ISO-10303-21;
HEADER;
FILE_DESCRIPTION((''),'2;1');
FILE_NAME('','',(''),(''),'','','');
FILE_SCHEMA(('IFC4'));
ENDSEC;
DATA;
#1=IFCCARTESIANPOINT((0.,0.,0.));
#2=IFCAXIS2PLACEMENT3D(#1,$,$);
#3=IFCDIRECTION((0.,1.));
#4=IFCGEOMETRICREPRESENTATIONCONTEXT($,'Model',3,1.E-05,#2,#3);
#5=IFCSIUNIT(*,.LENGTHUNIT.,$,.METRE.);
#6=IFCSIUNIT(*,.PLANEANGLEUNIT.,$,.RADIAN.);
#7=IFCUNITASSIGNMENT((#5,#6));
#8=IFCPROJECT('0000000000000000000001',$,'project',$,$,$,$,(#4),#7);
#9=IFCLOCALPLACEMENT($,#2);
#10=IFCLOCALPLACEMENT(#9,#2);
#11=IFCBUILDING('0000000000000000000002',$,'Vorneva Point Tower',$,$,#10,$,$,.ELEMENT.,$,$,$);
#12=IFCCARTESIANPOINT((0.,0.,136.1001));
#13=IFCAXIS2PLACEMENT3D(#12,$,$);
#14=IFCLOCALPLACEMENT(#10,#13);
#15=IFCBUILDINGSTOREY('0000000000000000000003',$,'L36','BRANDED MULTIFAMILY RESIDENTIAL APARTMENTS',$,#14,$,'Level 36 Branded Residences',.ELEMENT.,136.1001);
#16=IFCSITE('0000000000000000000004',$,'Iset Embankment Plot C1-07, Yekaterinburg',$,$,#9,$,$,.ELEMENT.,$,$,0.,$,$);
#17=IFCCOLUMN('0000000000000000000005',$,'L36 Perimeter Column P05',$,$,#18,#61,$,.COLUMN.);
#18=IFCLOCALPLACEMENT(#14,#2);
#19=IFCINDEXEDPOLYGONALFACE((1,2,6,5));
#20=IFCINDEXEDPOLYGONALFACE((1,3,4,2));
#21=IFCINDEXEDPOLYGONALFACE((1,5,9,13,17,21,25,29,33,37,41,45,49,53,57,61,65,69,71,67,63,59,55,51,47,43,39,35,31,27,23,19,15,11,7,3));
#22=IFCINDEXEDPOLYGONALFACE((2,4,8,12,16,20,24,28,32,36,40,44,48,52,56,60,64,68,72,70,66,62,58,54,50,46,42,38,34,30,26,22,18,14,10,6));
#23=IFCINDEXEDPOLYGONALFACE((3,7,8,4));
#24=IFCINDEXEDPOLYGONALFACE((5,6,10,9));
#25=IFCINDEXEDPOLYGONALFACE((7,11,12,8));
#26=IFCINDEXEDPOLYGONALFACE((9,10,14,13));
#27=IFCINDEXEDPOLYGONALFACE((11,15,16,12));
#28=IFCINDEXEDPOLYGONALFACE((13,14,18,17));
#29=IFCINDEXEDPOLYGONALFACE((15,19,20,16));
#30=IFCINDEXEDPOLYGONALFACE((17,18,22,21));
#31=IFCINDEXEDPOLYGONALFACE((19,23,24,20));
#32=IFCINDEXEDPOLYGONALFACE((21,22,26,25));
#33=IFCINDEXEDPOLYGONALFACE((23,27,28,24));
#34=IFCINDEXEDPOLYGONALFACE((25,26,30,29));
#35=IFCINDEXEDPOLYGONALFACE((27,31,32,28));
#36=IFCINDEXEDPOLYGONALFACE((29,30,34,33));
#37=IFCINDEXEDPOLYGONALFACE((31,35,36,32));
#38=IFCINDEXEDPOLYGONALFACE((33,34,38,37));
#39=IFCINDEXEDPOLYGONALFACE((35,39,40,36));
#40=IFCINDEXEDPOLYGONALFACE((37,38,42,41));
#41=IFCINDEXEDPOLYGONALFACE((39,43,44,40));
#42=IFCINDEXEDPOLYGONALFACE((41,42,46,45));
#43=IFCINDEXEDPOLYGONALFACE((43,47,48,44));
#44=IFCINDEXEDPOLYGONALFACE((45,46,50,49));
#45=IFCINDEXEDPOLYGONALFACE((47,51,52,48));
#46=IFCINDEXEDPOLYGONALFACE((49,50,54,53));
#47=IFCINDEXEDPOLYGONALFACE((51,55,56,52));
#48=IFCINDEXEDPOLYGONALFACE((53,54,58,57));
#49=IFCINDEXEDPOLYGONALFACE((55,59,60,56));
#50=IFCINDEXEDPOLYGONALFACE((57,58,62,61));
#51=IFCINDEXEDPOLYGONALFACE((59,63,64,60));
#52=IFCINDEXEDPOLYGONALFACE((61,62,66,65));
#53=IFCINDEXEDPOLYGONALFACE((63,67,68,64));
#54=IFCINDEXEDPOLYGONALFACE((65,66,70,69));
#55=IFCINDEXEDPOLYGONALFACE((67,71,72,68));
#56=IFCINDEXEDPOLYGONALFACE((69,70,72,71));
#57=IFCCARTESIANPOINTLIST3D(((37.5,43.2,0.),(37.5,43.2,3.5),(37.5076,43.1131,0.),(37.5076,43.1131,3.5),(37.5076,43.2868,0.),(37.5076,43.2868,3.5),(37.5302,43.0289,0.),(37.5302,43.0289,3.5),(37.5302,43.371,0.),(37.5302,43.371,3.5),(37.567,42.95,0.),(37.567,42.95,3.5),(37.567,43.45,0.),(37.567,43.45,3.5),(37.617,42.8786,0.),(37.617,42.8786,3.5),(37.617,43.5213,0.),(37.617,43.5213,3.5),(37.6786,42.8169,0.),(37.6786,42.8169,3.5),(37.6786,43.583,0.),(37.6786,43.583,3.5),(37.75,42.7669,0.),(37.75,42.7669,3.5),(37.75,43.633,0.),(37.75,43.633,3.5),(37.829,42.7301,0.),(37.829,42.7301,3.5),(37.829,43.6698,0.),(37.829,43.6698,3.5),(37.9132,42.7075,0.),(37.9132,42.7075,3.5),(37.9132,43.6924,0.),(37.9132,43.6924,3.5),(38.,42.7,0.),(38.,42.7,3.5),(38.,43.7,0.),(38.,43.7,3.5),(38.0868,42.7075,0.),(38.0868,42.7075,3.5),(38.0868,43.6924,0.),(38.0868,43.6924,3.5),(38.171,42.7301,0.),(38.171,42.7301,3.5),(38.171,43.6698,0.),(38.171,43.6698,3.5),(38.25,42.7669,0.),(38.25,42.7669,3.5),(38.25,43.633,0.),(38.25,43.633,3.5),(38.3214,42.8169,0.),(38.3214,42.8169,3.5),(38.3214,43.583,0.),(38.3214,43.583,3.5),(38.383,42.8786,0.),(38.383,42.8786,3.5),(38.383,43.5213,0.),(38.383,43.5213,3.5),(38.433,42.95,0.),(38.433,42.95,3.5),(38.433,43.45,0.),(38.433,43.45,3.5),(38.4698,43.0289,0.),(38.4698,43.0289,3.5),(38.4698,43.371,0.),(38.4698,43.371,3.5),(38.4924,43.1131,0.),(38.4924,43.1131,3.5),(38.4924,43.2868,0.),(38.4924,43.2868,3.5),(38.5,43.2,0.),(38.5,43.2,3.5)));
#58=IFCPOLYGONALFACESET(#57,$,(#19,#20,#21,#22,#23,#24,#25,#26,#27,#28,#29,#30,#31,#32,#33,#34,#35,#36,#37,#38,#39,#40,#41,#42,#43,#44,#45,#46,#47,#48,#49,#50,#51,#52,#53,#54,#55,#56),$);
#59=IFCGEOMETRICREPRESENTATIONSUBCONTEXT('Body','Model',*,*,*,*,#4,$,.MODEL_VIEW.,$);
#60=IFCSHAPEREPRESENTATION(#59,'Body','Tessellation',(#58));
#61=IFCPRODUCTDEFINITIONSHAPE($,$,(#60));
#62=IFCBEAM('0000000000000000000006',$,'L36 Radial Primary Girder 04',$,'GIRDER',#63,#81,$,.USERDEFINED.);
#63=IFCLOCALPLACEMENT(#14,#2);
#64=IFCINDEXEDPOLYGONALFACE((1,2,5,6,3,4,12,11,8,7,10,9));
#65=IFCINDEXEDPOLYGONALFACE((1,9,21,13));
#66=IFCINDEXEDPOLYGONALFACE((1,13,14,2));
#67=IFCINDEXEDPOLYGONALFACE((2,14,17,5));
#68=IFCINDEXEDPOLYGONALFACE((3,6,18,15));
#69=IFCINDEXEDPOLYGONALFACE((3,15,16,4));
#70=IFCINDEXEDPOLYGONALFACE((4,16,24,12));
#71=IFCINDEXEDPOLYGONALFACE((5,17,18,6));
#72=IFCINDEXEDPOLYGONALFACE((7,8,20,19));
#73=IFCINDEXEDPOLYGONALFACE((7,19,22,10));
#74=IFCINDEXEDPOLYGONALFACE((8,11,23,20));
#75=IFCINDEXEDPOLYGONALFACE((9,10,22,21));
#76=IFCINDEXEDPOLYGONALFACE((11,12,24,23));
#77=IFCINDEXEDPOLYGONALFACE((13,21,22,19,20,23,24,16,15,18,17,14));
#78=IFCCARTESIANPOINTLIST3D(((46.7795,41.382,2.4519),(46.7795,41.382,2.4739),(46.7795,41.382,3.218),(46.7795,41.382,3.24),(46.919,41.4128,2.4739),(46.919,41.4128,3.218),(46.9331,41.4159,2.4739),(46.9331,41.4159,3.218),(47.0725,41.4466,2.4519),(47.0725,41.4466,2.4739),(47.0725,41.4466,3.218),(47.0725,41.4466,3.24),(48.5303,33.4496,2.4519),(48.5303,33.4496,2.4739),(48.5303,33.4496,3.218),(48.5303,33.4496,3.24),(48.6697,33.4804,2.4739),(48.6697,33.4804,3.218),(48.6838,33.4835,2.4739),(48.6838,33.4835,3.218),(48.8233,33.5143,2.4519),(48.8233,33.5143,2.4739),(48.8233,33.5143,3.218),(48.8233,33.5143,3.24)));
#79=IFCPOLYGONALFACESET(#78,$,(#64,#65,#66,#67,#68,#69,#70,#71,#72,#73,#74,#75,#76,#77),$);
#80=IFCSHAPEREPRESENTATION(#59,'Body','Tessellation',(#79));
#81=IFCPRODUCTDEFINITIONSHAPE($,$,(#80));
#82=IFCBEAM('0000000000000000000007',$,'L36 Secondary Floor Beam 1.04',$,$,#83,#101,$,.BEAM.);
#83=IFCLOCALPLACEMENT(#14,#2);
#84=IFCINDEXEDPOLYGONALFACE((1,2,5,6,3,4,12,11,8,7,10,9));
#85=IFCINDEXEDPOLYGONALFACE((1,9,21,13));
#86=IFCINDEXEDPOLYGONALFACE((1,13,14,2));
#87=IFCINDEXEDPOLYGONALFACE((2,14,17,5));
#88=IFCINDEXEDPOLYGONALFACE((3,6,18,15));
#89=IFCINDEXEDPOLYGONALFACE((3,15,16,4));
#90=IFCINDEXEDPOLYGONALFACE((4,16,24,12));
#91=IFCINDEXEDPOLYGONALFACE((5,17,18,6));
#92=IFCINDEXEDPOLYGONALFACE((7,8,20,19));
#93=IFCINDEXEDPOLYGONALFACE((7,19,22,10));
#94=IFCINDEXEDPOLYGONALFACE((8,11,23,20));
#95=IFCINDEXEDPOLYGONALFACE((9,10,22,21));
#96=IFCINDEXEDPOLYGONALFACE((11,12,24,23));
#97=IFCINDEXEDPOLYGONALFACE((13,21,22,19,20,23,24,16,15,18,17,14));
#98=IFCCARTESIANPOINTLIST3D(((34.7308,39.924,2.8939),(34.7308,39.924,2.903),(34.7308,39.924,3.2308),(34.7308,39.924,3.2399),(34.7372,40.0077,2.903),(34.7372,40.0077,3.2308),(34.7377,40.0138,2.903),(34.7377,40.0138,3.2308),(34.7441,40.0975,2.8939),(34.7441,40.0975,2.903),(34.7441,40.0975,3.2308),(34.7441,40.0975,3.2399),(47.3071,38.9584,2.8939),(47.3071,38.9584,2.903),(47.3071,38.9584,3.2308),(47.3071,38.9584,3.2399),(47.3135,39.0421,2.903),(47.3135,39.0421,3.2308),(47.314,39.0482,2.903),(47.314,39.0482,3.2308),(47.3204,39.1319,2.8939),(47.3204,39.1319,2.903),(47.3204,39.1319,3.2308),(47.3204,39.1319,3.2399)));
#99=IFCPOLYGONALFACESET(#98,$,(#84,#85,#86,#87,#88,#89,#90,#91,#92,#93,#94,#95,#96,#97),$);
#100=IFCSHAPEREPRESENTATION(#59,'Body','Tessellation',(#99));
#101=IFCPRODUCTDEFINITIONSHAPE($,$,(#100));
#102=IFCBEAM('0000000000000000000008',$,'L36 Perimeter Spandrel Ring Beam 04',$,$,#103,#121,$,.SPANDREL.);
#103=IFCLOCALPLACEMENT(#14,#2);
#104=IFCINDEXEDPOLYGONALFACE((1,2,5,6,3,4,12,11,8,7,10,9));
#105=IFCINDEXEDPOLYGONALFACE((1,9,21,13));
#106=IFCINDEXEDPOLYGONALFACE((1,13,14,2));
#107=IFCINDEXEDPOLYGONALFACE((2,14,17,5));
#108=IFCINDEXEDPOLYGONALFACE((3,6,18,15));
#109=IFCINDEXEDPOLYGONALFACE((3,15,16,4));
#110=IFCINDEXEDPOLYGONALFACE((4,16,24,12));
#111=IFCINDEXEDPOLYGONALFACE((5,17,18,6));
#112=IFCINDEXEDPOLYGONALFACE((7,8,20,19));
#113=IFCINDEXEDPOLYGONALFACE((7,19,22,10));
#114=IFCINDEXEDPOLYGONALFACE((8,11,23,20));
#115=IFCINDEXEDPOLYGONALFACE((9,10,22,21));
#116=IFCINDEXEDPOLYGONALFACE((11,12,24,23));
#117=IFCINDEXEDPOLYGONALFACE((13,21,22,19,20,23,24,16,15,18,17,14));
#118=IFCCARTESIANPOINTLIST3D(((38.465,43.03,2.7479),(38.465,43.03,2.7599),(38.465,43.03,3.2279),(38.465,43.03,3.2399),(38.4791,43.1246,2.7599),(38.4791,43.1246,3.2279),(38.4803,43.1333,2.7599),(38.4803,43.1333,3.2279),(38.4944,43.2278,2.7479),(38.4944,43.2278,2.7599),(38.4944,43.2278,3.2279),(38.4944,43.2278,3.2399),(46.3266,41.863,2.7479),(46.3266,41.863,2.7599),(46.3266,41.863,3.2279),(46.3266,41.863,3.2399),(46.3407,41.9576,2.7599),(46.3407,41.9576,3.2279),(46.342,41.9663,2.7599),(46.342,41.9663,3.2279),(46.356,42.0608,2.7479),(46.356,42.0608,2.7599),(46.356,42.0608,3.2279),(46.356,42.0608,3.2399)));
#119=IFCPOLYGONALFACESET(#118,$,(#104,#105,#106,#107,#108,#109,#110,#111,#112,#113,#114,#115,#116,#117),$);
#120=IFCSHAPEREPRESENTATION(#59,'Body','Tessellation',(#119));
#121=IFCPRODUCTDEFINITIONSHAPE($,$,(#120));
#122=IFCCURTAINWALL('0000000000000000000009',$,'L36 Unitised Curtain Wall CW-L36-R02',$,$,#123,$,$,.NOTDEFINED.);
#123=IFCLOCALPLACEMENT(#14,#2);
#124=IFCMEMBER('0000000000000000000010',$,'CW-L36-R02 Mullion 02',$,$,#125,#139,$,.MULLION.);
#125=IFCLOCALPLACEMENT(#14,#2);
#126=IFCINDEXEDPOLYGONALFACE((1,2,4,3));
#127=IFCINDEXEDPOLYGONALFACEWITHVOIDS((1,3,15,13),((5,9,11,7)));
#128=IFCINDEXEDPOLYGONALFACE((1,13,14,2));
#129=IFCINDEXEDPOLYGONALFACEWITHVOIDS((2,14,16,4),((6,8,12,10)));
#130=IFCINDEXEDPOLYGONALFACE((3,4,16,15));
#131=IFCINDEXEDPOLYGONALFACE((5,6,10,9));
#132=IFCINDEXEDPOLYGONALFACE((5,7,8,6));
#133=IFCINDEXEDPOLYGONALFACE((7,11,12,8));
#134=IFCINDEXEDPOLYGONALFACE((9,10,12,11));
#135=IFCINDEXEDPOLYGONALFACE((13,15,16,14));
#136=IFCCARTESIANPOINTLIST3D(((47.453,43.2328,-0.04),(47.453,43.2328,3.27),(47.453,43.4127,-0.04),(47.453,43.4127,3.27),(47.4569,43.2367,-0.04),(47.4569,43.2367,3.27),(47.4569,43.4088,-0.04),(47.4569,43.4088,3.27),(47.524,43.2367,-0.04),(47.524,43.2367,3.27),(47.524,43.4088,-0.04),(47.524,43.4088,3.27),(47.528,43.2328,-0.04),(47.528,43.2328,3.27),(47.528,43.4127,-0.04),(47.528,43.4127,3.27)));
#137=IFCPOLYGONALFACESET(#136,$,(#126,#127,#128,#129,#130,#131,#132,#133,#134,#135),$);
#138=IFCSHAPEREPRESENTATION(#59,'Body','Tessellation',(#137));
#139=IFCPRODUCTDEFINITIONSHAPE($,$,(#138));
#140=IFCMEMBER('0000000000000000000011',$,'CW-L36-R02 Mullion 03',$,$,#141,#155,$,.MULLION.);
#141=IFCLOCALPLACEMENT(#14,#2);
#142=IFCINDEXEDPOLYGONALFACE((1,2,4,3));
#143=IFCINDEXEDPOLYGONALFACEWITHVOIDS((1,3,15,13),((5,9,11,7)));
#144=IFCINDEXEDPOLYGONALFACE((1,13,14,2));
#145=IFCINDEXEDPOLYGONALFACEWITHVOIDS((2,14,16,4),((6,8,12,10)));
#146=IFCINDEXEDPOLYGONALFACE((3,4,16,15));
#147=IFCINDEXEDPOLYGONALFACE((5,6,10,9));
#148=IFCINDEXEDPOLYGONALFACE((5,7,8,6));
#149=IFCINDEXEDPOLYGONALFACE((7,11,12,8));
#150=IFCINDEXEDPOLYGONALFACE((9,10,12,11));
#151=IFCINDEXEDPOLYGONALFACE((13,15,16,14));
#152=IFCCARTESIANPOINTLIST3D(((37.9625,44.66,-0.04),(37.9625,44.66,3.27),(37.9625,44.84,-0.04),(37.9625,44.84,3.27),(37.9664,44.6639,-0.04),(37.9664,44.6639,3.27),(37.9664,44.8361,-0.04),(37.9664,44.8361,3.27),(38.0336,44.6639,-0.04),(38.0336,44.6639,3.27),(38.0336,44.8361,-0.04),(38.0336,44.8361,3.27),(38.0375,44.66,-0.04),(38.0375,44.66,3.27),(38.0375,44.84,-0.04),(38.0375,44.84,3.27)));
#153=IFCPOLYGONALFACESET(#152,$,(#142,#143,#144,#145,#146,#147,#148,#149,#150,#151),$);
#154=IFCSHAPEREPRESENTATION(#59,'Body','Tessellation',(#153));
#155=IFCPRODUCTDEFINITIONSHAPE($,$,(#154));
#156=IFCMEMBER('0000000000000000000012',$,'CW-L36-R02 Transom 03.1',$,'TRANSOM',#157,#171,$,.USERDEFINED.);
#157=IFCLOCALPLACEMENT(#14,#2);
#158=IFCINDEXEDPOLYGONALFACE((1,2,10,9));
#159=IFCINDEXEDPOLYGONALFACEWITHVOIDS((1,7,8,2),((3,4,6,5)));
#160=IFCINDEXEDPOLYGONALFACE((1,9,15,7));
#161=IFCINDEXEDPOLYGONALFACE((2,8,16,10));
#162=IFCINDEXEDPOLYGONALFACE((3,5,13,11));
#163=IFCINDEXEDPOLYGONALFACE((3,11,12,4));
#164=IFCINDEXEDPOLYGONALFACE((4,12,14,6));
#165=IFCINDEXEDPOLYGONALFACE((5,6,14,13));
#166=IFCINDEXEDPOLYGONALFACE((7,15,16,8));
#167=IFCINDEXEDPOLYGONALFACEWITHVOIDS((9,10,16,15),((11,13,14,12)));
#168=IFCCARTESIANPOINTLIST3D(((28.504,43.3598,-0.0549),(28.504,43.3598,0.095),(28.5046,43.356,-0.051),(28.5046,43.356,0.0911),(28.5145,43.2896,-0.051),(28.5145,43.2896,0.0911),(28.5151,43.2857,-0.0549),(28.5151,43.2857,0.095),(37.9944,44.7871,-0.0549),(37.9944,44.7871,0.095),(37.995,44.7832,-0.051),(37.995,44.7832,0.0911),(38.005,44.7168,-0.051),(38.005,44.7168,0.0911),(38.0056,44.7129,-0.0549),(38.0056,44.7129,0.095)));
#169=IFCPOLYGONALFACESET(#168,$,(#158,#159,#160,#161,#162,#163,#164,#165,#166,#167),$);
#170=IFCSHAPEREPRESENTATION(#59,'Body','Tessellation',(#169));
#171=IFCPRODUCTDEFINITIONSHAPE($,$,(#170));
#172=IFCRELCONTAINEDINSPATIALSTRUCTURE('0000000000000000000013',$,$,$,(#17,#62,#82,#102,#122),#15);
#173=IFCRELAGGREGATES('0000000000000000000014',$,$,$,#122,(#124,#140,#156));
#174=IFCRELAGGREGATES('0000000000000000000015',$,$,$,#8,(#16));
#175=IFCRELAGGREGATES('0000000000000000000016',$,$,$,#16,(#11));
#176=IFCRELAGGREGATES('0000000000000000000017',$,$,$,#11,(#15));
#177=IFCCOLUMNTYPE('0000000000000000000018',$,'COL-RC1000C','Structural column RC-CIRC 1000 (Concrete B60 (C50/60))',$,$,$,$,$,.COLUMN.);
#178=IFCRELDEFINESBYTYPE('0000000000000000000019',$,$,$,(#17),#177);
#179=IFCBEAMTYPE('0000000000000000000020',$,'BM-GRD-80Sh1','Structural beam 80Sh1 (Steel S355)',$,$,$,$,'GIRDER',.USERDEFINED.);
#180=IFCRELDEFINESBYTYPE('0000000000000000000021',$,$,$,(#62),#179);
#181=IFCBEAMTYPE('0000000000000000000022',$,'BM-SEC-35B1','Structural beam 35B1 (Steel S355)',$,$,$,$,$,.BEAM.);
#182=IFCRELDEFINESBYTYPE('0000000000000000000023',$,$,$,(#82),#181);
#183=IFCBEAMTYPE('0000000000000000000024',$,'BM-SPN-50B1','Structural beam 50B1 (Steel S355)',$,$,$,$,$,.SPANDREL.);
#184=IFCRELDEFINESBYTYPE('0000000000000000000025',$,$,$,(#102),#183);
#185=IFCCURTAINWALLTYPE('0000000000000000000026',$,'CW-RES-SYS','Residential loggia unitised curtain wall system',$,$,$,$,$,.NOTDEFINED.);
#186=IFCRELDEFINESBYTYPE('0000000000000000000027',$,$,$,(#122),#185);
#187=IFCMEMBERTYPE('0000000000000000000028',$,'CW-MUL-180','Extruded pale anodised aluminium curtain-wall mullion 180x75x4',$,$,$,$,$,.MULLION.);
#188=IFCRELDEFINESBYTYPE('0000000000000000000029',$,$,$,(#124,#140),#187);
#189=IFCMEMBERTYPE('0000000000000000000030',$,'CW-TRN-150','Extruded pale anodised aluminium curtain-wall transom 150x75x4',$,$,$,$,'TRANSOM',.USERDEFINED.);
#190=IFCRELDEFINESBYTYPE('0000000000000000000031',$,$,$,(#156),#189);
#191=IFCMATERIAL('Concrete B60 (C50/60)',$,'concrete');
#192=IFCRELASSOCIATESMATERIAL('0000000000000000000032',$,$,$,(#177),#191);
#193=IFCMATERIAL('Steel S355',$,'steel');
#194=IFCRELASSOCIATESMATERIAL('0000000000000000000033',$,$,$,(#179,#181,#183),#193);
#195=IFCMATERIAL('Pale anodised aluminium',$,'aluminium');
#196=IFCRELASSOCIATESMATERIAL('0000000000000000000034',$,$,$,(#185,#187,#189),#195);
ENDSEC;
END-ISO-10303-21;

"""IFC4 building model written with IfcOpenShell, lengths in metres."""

from ifc_helpers import new_model, si_unit, direction, frame, origin, origin_2d, place, context, subcontext, project, spatial, hollow_rectangle, circle, i_section, extrude, material, material_profile, profile_set, type_object, element, aggregate, save


model = new_model("IFC4")

# Units and contexts
model_context = context("Model", 3, precision=1e-05, world=origin(), true_north=direction((0.0, 1.0)))
body_context = subcontext(model_context, "Body", "Model", "MODEL_VIEW")
ifc_project = project(units=[si_unit("LENGTHUNIT", "METRE"), si_unit("PLANEANGLEUNIT", "RADIAN")], contexts=[model_context])

# Site, building, storey
site_placement = place(None, origin())
site = spatial("IfcSite", under=ifc_project, at=site_placement, Name="Iset Embankment Plot C1-07, Yekaterinburg", CompositionType="ELEMENT", RefElevation=0.0)
building_placement = place(site_placement, origin())
building = spatial("IfcBuilding", under=site, at=building_placement, Name="Vorneva Point Tower", CompositionType="ELEMENT")
storey_placement = place(building_placement, frame((0.0, 0.0, 136.1001)))
storey = spatial("IfcBuildingStorey", under=building, at=storey_placement, Name="L36", Description="BRANDED MULTIFAMILY RESIDENTIAL APARTMENTS", LongName="Level 36 Branded Residences", CompositionType="ELEMENT", Elevation=136.1001)

# Column
ifc_material_1 = material(Name="Concrete B60 (C50/60)", Category="concrete")
ifc_material_profile_1 = material_profile(ifc_material_1, circle(Radius=0.5, at=origin_2d()), Name="RC-CIRC 1000")
ifc_profile_set_1 = profile_set([ifc_material_profile_1], Name="Concrete B60 (C50/60)")
column_type = type_object("IfcColumnType", Name="COL-RC1000C", Description="Structural column RC-CIRC 1000 (Concrete B60 (C50/60))", PredefinedType="COLUMN", material=ifc_profile_set_1)
for number, where, z_axis, x_axis, name in (
    (1, (38.0, 43.2, 0.0), (0.0, 0.0, 1.0), (0.0, 1.0, 0.0), "L36 Perimeter Column P05"),
):
    element("IfcColumn", number, at=place(storey_placement, frame(where, z_axis=z_axis, x_axis=x_axis)), inside=storey, type_object=column_type, Name=name, PredefinedType="COLUMN", context=body_context, shape_type="SweptSolid", body=[
        extrude(circle(Radius=0.5, at=origin_2d()), origin(), (0.0, 0.0, 1.0), 3.5),
    ])

# Beams
ifc_material_2 = material(Name="Steel S355", Category="steel")
ifc_material_profile_2 = material_profile(ifc_material_2, i_section(OverallWidth=0.3, OverallDepth=0.7881, WebThickness=0.0144, FlangeThickness=0.022, at=origin_2d()), Name="80Sh1")
ifc_profile_set_2 = profile_set([ifc_material_profile_2], Name="Steel S355")
beam_type_1 = type_object("IfcBeamType", Name="BM-GRD-80Sh1", Description="Structural beam 80Sh1 (Steel S355)", ElementType="GIRDER", PredefinedType="USERDEFINED", material=ifc_profile_set_2)
beam_1_placement = place(storey_placement, frame((46.926, 41.4143, 2.8459), z_axis=(0.215521, -0.976499, 0.0), x_axis=(0.976499, 0.215521, 0.0)))
element("IfcBeam", 2, at=beam_1_placement, inside=storey, type_object=beam_type_1, Name="L36 Radial Primary Girder 04", ObjectType="GIRDER", PredefinedType="USERDEFINED", context=body_context, shape_type="SweptSolid", body=[
    extrude(i_section(OverallWidth=0.3, OverallDepth=0.7881, WebThickness=0.0144, FlangeThickness=0.022, at=origin_2d()), origin(), (0.0, 0.0, 1.0), 8.1233),
])
ifc_material_profile_3 = material_profile(ifc_material_2, i_section(OverallWidth=0.1741, OverallDepth=0.3459, WebThickness=0.0061, FlangeThickness=0.009, at=origin_2d()), Name="35B1")
ifc_profile_set_3 = profile_set([ifc_material_profile_3], Name="Steel S355")
beam_type_2 = type_object("IfcBeamType", Name="BM-SEC-35B1", Description="Structural beam 35B1 (Steel S355)", PredefinedType="BEAM", material=ifc_profile_set_3)
beam_2_placement = place(storey_placement, frame((47.3137, 39.0452, 3.0669), z_axis=(-0.997066, 0.076553, 0.0), x_axis=(-0.076553, -0.997066, 0.0)))
element("IfcBeam", 3, at=beam_2_placement, inside=storey, type_object=beam_type_2, Name="L36 Secondary Floor Beam 1.04", PredefinedType="BEAM", context=body_context, shape_type="SweptSolid", body=[
    extrude(i_section(OverallWidth=0.1741, OverallDepth=0.3459, WebThickness=0.0061, FlangeThickness=0.009, at=origin_2d()), origin(), (0.0, 0.0, 1.0), 12.6133),
])
ifc_material_profile_4 = material_profile(ifc_material_2, i_section(OverallWidth=0.2, OverallDepth=0.4919, WebThickness=0.0088, FlangeThickness=0.012, at=origin_2d()), Name="50B1")
ifc_profile_set_4 = profile_set([ifc_material_profile_4], Name="Steel S355")
beam_type_3 = type_object("IfcBeamType", Name="BM-SPN-50B1", Description="Structural beam 50B1 (Steel S355)", PredefinedType="SPANDREL", material=ifc_profile_set_4)
beam_3_placement = place(storey_placement, frame((46.3413, 41.9619, 2.9939), z_axis=(-0.989161, 0.146834, 0.0), x_axis=(-0.146834, -0.989161, 0.0)))
element("IfcBeam", 4, at=beam_3_placement, inside=storey, type_object=beam_type_3, Name="L36 Perimeter Spandrel Ring Beam 04", PredefinedType="SPANDREL", context=body_context, shape_type="SweptSolid", body=[
    extrude(i_section(OverallWidth=0.2, OverallDepth=0.4919, WebThickness=0.0088, FlangeThickness=0.012, at=origin_2d()), origin(), (0.0, 0.0, 1.0), 7.9478),
])

# Curtain wall, members
ifc_material_3 = material(Name="Pale anodised aluminium", Category="aluminium")
curtain_wall_type = type_object("IfcCurtainWallType", Name="CW-RES-SYS", Description="Residential loggia unitised curtain wall system", PredefinedType="NOTDEFINED", material=ifc_material_3)
curtain_wall_placement = place(storey_placement, origin())
curtain_wall = element("IfcCurtainWall", 5, at=curtain_wall_placement, inside=storey, type_object=curtain_wall_type, Name="L36 Unitised Curtain Wall CW-L36-R02", PredefinedType="NOTDEFINED")
ifc_material_profile_5 = material_profile(ifc_material_3, hollow_rectangle(XDim=0.075, YDim=0.1799, WallThickness=0.0039, at=origin_2d()), Name="AL-MUL 180x75x4")
ifc_profile_set_5 = profile_set([ifc_material_profile_5], Name="Pale anodised aluminium")
member_type_1 = type_object("IfcMemberType", Name="CW-MUL-180", Description="Extruded pale anodised aluminium curtain-wall mullion 180x75x4", PredefinedType="MULLION", material=ifc_profile_set_5)
member_1_placement = place(storey_placement, frame((47.4905, 43.3228, -0.04), z_axis=(0.0, 0.0, 1.0), x_axis=(1.0, 0.0, 0.0)))
member_1 = element("IfcMember", 6, at=member_1_placement, type_object=member_type_1, Name="CW-L36-R02 Mullion 02", PredefinedType="MULLION", context=body_context, shape_type="SweptSolid", body=[
    extrude(hollow_rectangle(XDim=0.075, YDim=0.1799, WallThickness=0.0039, at=origin_2d()), origin(), (0.0, 0.0, 1.0), 3.3101),
])
member_2_placement = place(storey_placement, frame((38.0, 44.75, -0.04), z_axis=(0.0, 0.0, 1.0), x_axis=(1.0, 0.0, 0.0)))
member_2 = element("IfcMember", 7, at=member_2_placement, type_object=member_type_1, Name="CW-L36-R02 Mullion 03", PredefinedType="MULLION", context=body_context, shape_type="SweptSolid", body=[
    extrude(hollow_rectangle(XDim=0.075, YDim=0.1799, WallThickness=0.0039, at=origin_2d()), origin(), (0.0, 0.0, 1.0), 3.3101),
])
ifc_material_profile_6 = material_profile(ifc_material_3, hollow_rectangle(XDim=0.075, YDim=0.1499, WallThickness=0.0039, at=origin_2d()), Name="AL-TRN 150x75x4")
ifc_profile_set_6 = profile_set([ifc_material_profile_6], Name="Pale anodised aluminium")
member_type_2 = type_object("IfcMemberType", Name="CW-TRN-150", Description="Extruded pale anodised aluminium curtain-wall transom 150x75x4", ElementType="TRANSOM", PredefinedType="USERDEFINED", material=ifc_profile_set_6)
member_3_placement = place(storey_placement, frame((38.0, 44.75, 0.02), z_axis=(-0.98888, -0.148715, 0.0), x_axis=(0.148715, -0.98888, 0.0)))
member_3 = element("IfcMember", 8, at=member_3_placement, type_object=member_type_2, Name="CW-L36-R02 Transom 03.1", ObjectType="TRANSOM", PredefinedType="USERDEFINED", context=body_context, shape_type="SweptSolid", body=[
    extrude(hollow_rectangle(XDim=0.075, YDim=0.1499, WallThickness=0.0039, at=origin_2d()), origin(), (0.0, 0.0, 1.0), 9.5972),
])
aggregate(curtain_wall, [member_1, member_2, member_3])

save(model, "model.ifc")
